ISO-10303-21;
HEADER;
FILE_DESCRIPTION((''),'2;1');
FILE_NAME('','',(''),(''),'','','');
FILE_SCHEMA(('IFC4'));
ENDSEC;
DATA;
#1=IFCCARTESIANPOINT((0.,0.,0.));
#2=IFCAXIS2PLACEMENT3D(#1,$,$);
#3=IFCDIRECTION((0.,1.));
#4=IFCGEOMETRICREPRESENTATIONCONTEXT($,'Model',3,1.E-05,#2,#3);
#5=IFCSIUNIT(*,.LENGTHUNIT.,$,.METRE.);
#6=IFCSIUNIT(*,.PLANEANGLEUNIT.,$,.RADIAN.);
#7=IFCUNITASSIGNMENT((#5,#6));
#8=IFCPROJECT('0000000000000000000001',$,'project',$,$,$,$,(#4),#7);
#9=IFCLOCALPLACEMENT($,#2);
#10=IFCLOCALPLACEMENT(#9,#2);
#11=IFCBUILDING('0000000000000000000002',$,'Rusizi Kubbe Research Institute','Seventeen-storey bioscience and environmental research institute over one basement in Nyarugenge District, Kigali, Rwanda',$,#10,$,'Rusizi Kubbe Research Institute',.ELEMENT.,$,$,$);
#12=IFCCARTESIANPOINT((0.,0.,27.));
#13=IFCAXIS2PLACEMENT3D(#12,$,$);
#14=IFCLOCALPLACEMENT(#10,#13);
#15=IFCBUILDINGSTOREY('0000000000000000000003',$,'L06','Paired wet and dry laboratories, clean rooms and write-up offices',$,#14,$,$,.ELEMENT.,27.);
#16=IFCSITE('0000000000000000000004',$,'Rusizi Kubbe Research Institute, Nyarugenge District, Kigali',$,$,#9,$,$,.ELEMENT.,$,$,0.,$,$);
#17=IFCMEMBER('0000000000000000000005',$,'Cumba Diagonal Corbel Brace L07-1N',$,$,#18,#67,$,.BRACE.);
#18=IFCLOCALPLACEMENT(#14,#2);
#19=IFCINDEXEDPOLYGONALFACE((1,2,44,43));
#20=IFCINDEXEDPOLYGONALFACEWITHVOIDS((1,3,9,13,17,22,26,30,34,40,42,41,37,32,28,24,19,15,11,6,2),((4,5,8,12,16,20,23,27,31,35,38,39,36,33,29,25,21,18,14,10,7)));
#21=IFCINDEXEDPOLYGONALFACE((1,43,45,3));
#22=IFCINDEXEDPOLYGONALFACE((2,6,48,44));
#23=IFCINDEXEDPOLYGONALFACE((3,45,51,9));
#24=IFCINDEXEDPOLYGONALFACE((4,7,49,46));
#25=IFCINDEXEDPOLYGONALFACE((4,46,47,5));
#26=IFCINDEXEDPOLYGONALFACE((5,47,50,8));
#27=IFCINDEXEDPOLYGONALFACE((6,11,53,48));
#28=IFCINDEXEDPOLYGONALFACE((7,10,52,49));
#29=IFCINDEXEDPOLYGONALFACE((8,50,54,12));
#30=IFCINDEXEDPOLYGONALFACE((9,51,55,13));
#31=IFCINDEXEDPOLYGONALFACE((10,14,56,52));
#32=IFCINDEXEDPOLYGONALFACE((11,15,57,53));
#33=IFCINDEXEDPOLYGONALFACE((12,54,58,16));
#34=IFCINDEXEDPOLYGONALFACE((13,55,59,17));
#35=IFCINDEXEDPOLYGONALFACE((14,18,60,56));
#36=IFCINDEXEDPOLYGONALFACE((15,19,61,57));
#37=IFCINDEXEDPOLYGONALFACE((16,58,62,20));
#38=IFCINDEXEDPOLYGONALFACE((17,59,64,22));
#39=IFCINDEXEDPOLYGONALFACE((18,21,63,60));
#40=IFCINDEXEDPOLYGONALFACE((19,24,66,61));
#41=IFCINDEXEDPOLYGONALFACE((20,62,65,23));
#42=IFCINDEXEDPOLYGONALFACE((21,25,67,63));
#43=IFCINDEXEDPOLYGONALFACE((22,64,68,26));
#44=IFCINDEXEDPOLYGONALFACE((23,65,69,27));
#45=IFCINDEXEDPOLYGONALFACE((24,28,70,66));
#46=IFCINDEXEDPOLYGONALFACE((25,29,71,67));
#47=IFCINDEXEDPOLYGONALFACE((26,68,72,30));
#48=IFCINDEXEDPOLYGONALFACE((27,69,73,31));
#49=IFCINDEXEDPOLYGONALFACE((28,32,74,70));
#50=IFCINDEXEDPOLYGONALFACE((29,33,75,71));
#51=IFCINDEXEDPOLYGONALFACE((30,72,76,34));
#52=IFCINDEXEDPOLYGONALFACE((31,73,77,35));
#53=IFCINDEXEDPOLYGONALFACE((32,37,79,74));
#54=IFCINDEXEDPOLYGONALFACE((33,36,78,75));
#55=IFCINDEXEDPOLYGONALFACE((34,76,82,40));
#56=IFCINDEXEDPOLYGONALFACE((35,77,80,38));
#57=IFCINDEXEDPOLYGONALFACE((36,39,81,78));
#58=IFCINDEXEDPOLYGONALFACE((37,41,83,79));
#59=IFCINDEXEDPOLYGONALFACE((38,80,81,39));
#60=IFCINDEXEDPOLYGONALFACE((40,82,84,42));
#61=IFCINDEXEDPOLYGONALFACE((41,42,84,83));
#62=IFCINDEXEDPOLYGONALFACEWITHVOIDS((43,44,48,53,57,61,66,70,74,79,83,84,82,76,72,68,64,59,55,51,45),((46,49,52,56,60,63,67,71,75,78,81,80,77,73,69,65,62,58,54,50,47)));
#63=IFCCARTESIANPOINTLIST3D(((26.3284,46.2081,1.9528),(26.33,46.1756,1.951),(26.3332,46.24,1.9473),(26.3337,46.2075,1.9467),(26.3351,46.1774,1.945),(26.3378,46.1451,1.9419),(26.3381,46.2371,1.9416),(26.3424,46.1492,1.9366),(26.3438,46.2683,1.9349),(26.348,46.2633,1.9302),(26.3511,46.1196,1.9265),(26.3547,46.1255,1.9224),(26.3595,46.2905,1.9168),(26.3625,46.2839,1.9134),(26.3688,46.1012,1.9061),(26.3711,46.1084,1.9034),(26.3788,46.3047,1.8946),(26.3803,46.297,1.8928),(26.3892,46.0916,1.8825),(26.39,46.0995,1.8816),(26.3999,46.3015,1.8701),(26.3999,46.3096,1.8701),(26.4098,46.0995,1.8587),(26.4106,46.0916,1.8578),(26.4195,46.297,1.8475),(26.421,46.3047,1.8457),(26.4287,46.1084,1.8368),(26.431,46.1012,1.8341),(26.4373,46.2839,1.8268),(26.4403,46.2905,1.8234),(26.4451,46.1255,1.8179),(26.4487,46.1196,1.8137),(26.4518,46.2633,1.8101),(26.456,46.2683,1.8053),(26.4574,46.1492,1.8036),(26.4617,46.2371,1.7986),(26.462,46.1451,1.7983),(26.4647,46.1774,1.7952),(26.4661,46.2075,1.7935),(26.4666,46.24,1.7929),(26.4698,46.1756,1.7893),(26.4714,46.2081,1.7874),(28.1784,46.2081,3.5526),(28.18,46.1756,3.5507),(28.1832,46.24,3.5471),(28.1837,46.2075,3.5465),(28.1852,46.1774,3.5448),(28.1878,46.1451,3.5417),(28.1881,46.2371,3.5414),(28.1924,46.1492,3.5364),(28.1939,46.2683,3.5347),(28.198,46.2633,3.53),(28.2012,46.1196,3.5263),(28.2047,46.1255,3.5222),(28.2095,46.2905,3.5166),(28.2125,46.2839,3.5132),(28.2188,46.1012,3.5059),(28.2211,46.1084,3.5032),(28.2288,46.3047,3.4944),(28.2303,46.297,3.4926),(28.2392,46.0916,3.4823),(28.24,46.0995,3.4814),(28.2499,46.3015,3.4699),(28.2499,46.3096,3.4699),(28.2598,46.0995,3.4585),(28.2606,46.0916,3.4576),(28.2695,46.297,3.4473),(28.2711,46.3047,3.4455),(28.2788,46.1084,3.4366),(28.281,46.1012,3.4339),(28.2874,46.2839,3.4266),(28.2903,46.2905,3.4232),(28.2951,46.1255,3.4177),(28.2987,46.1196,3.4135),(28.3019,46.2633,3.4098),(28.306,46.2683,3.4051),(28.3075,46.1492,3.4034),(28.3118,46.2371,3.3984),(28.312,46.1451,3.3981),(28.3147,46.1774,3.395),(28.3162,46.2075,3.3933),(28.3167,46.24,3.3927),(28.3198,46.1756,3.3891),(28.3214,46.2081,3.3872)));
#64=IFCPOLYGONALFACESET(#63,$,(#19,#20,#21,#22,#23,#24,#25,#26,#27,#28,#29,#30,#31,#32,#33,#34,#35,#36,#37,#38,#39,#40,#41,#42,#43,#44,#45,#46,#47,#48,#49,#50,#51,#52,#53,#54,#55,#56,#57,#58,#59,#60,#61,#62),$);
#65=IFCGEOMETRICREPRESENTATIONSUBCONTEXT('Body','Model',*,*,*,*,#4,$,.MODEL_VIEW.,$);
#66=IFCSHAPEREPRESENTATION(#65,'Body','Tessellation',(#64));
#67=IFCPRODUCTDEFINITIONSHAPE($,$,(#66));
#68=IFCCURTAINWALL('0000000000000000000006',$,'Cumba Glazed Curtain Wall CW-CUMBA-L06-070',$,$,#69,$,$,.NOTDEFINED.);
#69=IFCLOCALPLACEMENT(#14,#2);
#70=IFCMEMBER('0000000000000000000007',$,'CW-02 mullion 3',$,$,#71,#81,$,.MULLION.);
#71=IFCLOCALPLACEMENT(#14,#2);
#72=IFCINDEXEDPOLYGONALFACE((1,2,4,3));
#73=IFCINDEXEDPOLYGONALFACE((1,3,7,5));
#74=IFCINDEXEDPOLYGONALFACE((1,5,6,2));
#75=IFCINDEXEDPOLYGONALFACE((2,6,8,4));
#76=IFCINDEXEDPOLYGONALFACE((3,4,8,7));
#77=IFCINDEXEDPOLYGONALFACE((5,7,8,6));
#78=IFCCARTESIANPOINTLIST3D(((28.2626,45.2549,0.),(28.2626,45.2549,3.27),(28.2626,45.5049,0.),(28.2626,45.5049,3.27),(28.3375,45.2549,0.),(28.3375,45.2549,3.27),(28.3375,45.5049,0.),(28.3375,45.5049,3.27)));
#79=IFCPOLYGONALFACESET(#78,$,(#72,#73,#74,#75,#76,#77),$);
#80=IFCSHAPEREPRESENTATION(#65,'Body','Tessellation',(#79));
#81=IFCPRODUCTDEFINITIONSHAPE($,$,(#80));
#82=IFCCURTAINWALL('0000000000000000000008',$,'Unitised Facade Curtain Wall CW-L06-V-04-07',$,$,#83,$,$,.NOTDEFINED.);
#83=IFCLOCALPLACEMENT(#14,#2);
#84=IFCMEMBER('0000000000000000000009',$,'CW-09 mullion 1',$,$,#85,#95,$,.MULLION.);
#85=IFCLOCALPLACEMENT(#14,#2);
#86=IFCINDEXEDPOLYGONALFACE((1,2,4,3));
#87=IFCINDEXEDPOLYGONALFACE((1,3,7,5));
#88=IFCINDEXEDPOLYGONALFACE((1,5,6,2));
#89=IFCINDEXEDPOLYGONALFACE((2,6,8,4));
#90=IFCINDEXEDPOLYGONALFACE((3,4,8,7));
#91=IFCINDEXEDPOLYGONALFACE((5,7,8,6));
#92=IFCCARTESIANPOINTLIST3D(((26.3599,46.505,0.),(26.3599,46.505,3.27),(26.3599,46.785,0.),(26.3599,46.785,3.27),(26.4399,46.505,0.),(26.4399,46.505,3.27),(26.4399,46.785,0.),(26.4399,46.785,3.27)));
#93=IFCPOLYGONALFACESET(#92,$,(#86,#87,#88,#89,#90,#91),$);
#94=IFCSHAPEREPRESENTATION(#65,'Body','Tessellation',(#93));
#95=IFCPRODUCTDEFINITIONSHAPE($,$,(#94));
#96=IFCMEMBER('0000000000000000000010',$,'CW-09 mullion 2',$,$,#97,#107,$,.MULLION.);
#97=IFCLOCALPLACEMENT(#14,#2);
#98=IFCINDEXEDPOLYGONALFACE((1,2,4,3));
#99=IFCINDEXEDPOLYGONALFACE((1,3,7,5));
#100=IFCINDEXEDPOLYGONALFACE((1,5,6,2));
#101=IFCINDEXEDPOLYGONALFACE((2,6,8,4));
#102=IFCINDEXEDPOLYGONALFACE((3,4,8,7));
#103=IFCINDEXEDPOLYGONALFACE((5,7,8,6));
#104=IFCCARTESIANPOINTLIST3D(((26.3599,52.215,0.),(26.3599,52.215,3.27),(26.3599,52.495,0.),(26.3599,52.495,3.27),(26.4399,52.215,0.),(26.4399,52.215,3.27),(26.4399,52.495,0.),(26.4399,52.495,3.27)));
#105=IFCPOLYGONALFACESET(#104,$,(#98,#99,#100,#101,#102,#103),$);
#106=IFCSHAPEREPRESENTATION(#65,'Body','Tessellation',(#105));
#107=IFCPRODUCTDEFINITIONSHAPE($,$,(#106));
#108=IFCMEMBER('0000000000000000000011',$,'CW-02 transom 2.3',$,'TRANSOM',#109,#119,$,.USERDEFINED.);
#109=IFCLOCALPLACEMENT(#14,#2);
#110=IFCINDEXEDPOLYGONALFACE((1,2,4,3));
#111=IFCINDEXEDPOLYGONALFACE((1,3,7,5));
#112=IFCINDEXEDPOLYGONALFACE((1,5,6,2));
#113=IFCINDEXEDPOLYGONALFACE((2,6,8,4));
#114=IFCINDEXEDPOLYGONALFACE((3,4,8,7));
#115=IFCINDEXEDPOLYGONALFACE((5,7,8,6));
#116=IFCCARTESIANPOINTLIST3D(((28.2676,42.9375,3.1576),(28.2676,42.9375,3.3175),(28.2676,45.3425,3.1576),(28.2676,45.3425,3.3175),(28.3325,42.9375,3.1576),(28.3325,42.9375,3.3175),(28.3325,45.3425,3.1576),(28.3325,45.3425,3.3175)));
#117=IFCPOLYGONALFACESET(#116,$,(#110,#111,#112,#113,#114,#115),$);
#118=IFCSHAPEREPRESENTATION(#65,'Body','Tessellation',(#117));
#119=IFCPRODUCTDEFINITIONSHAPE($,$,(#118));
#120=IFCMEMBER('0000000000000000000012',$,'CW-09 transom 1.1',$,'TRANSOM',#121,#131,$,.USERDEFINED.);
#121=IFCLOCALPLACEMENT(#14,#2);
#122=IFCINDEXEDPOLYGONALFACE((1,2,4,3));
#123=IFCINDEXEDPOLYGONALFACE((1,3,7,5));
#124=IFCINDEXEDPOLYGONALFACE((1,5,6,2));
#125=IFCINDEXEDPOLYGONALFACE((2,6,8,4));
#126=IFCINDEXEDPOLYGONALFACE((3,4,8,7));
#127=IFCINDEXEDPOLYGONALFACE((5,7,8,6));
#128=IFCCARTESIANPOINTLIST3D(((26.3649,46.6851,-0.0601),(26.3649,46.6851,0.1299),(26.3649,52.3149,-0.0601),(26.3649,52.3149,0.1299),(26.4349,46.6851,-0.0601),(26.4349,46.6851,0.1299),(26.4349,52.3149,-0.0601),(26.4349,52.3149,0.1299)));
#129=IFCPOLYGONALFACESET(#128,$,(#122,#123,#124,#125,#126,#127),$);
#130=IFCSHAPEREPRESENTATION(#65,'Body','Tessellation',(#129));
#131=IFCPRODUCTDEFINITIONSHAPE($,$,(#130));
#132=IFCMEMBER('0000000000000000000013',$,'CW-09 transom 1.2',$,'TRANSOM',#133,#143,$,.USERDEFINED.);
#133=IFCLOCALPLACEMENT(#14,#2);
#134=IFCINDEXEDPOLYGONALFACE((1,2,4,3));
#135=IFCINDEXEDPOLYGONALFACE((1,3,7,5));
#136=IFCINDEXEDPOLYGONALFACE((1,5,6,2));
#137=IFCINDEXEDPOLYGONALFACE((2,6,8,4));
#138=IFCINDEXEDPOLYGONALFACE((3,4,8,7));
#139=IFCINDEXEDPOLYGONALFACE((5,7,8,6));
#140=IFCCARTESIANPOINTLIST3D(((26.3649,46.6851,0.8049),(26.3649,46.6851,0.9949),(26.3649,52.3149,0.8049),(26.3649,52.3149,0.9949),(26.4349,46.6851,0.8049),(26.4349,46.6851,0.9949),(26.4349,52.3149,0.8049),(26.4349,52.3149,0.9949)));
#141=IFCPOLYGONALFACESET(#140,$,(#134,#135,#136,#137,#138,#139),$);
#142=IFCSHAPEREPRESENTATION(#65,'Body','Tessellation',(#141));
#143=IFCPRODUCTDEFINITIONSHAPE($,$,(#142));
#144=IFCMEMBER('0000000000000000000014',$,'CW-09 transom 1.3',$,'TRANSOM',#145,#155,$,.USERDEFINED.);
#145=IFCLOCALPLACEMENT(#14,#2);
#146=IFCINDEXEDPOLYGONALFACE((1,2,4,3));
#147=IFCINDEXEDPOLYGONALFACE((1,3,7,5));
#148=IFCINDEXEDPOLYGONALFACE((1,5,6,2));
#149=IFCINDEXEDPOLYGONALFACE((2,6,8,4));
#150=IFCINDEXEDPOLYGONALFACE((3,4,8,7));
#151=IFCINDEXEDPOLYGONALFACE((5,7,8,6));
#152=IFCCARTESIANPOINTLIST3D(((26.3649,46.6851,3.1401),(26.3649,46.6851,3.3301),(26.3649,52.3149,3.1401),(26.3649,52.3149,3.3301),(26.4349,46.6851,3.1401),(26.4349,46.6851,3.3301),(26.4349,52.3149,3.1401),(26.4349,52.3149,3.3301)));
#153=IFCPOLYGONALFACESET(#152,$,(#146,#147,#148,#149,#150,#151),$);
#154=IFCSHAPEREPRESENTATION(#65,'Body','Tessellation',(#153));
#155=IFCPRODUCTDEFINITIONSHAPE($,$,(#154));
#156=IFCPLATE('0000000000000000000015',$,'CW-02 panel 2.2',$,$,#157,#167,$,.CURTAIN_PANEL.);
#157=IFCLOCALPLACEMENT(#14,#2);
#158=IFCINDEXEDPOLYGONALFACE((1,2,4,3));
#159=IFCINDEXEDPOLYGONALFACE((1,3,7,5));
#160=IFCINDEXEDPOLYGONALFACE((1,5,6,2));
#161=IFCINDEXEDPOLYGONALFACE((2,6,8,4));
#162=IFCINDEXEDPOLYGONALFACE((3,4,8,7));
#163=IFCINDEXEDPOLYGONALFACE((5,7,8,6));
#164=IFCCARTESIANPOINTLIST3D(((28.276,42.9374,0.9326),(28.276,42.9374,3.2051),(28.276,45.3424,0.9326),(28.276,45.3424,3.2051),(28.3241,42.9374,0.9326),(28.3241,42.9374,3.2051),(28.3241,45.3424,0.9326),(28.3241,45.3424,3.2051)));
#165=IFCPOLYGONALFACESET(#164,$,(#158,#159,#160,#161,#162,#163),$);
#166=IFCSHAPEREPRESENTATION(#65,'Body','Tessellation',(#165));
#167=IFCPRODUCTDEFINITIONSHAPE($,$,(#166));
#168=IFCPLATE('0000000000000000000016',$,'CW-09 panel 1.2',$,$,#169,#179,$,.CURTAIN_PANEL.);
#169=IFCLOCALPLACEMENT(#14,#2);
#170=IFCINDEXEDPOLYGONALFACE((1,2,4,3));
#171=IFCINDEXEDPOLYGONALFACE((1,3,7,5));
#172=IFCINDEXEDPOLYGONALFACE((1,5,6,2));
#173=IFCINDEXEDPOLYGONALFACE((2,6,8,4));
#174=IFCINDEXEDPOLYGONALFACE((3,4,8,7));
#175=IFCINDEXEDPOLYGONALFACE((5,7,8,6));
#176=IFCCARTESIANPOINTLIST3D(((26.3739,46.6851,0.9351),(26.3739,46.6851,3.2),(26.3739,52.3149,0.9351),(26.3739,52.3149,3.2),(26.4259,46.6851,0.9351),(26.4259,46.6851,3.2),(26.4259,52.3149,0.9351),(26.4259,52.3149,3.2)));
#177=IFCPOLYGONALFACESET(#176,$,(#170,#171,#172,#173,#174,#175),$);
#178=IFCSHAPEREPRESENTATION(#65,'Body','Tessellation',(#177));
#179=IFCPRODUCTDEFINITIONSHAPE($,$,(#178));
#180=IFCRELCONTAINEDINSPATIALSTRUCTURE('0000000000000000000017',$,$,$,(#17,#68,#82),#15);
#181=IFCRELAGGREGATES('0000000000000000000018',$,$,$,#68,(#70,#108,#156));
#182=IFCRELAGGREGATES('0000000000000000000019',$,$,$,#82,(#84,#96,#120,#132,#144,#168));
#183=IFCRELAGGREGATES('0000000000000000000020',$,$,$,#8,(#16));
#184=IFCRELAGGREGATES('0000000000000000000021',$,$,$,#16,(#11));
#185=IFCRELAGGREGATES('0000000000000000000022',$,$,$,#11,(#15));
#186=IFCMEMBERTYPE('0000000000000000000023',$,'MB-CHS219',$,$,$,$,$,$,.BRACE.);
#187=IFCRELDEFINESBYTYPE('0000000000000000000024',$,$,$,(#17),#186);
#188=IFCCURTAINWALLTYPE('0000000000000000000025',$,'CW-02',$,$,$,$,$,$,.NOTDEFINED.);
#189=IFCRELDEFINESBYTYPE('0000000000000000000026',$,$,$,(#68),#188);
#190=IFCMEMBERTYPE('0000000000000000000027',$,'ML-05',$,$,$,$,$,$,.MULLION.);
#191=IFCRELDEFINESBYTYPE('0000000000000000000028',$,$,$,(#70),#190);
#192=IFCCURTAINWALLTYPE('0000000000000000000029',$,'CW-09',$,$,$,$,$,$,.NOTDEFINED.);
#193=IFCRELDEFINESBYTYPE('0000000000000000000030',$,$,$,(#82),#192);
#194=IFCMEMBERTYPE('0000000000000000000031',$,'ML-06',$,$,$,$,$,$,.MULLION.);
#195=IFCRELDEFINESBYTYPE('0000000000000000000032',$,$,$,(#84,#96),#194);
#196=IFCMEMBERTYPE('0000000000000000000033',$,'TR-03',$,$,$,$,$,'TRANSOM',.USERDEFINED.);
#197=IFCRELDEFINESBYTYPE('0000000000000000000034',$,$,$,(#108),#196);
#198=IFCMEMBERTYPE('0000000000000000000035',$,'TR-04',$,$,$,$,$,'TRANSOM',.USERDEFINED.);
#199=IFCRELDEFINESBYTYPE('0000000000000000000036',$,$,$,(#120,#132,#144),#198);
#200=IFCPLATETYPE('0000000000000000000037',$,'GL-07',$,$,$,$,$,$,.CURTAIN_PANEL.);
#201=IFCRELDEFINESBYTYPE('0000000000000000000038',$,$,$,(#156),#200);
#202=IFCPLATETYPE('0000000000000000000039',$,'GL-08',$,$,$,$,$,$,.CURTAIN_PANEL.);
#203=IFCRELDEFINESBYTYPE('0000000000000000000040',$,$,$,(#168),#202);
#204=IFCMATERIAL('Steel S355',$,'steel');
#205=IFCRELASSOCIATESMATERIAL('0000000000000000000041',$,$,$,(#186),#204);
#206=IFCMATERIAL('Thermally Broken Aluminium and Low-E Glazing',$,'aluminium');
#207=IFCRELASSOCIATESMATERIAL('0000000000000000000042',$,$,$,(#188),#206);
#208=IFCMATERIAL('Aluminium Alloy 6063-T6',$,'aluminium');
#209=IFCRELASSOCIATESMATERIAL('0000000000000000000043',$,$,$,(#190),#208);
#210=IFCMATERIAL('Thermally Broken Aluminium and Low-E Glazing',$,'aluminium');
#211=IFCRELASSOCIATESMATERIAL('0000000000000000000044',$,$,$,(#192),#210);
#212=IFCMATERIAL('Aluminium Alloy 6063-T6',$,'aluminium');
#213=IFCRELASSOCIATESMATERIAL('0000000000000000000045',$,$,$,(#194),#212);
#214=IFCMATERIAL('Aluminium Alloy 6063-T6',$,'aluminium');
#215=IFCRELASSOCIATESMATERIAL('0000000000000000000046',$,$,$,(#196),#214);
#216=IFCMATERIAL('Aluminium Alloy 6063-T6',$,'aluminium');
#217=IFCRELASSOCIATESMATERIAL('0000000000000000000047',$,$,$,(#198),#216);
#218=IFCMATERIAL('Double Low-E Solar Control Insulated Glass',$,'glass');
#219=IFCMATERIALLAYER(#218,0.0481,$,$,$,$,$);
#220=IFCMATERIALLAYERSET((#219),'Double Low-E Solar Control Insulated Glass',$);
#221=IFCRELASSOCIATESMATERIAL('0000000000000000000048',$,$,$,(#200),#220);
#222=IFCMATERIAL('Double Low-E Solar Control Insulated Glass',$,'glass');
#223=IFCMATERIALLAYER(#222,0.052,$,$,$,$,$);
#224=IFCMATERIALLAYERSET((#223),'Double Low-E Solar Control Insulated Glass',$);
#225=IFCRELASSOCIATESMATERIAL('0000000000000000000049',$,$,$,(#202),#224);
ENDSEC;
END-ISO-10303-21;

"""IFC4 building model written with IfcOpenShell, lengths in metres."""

from ifc_helpers import new_model, si_unit, direction, frame, origin, origin_2d, place, context, subcontext, project, spatial, rectangle, hollow_circle, extrude, material, layer, layer_set, material_profile, profile_set, type_object, element, aggregate, save


model = new_model("IFC4")

# Units and contexts
model_context = context("Model", 3, precision=1e-05, world=origin(), true_north=direction((0.0, 1.0)))
body_context = subcontext(model_context, "Body", "Model", "MODEL_VIEW")
ifc_project = project(units=[si_unit("LENGTHUNIT", "METRE"), si_unit("PLANEANGLEUNIT", "RADIAN")], contexts=[model_context])

# Site, building, storey
site_placement = place(None, origin())
site = spatial("IfcSite", under=ifc_project, at=site_placement, Name="Rusizi Kubbe Research Institute, Nyarugenge District, Kigali", CompositionType="ELEMENT", RefElevation=0.0)
building_placement = place(site_placement, origin())
building = spatial("IfcBuilding", under=site, at=building_placement, Name="Rusizi Kubbe Research Institute", Description="Seventeen-storey bioscience and environmental research institute over one basement in Nyarugenge District, Kigali, Rwanda", LongName="Rusizi Kubbe Research Institute", CompositionType="ELEMENT")
storey_placement = place(building_placement, frame((0.0, 0.0, 27.0)))
storey = spatial("IfcBuildingStorey", under=building, at=storey_placement, Name="L06", Description="Paired wet and dry laboratories, clean rooms and write-up offices", CompositionType="ELEMENT", Elevation=27.0)

# Member
ifc_material_1 = material(Name="Steel S355", Category="steel")
ifc_material_profile_1 = material_profile(ifc_material_1, hollow_circle(Radius=0.1096, WallThickness=0.0081, at=origin_2d()), Name="CHS 219.1x8.0")
ifc_profile_set_1 = profile_set([ifc_material_profile_1], Name="Steel S355")
member_type_1 = type_object("IfcMemberType", Name="MB-CHS219", PredefinedType="BRACE", material=ifc_profile_set_1)
member_1_placement = place(storey_placement, frame((26.3999, 46.2, 1.8701), z_axis=(0.75641, 0.0, 0.654098), x_axis=(0.0, 1.0, 0.0)))
element("IfcMember", 1, at=member_1_placement, inside=storey, type_object=member_type_1, Name="Cumba Diagonal Corbel Brace L07-1N", PredefinedType="BRACE", context=body_context, shape_type="SweptSolid", body=[
    extrude(hollow_circle(Radius=0.1096, WallThickness=0.0081, at=origin_2d()), origin(), (0.0, 0.0, 1.0), 2.4458),
])

# Curtain wall, member
ifc_material_2 = material(Name="Thermally Broken Aluminium and Low-E Glazing", Category="aluminium")
curtain_wall_type_1 = type_object("IfcCurtainWallType", Name="CW-02", PredefinedType="NOTDEFINED", material=ifc_material_2)
curtain_wall_1_placement = place(storey_placement, origin())
curtain_wall_1 = element("IfcCurtainWall", 2, at=curtain_wall_1_placement, inside=storey, type_object=curtain_wall_type_1, Name="Cumba Glazed Curtain Wall CW-CUMBA-L06-070", PredefinedType="NOTDEFINED")
ifc_material_3 = material(Name="Aluminium Alloy 6063-T6", Category="aluminium")
ifc_material_profile_2 = material_profile(ifc_material_3, rectangle(XDim=0.075, YDim=0.25, at=origin_2d()), Name="ALU-M 75x250")
ifc_profile_set_2 = profile_set([ifc_material_profile_2], Name="Aluminium Alloy 6063-T6")
member_type_2 = type_object("IfcMemberType", Name="ML-05", PredefinedType="MULLION", material=ifc_profile_set_2)
member_2_placement = place(storey_placement, frame((28.3, 45.3799, 0.0), z_axis=(0.0, 0.0, 1.0), x_axis=(-1.0, 0.0, 0.0)))
member_2 = element("IfcMember", 3, at=member_2_placement, type_object=member_type_2, Name="CW-02 mullion 3", PredefinedType="MULLION", context=body_context, shape_type="SweptSolid", body=[
    extrude(rectangle(XDim=0.075, YDim=0.25, at=origin_2d()), origin(), (0.0, 0.0, 1.0), 3.27),
])

# Curtain wall, members
ifc_material_4 = material(Name="Thermally Broken Aluminium and Low-E Glazing", Category="aluminium")
curtain_wall_type_2 = type_object("IfcCurtainWallType", Name="CW-09", PredefinedType="NOTDEFINED", material=ifc_material_4)
curtain_wall_2_placement = place(storey_placement, origin())
curtain_wall_2 = element("IfcCurtainWall", 4, at=curtain_wall_2_placement, inside=storey, type_object=curtain_wall_type_2, Name="Unitised Facade Curtain Wall CW-L06-V-04-07", PredefinedType="NOTDEFINED")
ifc_material_5 = material(Name="Aluminium Alloy 6063-T6", Category="aluminium")
ifc_material_profile_3 = material_profile(ifc_material_5, rectangle(XDim=0.0801, YDim=0.28, at=origin_2d()), Name="ALU-M 80x280")
ifc_profile_set_3 = profile_set([ifc_material_profile_3], Name="Aluminium Alloy 6063-T6")
member_type_3 = type_object("IfcMemberType", Name="ML-06", PredefinedType="MULLION", material=ifc_profile_set_3)
member_3_placement = place(storey_placement, frame((26.3999, 46.645, 0.0), z_axis=(0.0, 0.0, 1.0), x_axis=(-1.0, 0.0, 0.0)))
member_3 = element("IfcMember", 5, at=member_3_placement, type_object=member_type_3, Name="CW-09 mullion 1", PredefinedType="MULLION", context=body_context, shape_type="SweptSolid", body=[
    extrude(rectangle(XDim=0.0801, YDim=0.28, at=origin_2d()), origin(), (0.0, 0.0, 1.0), 3.27),
])
member_4_placement = place(storey_placement, frame((26.3999, 52.355, 0.0), z_axis=(0.0, 0.0, 1.0), x_axis=(-1.0, 0.0, 0.0)))
member_4 = element("IfcMember", 6, at=member_4_placement, type_object=member_type_3, Name="CW-09 mullion 2", PredefinedType="MULLION", context=body_context, shape_type="SweptSolid", body=[
    extrude(rectangle(XDim=0.0801, YDim=0.28, at=origin_2d()), origin(), (0.0, 0.0, 1.0), 3.27),
])

# Members
ifc_material_6 = material(Name="Aluminium Alloy 6063-T6", Category="aluminium")
ifc_material_profile_4 = material_profile(ifc_material_6, rectangle(XDim=0.0649, YDim=0.1599, at=origin_2d()), Name="ALU-T 65x160")
ifc_profile_set_4 = profile_set([ifc_material_profile_4], Name="Aluminium Alloy 6063-T6")
member_type_4 = type_object("IfcMemberType", Name="TR-03", ElementType="TRANSOM", PredefinedType="USERDEFINED", material=ifc_profile_set_4)
member_5_placement = place(storey_placement, frame((28.3, 42.9375, 3.2375), z_axis=(0.0, 1.0, 0.0), x_axis=(-1.0, 0.0, 0.0)))
member_5 = element("IfcMember", 7, at=member_5_placement, type_object=member_type_4, Name="CW-02 transom 2.3", ObjectType="TRANSOM", PredefinedType="USERDEFINED", context=body_context, shape_type="SweptSolid", body=[
    extrude(rectangle(XDim=0.0649, YDim=0.1599, at=origin_2d()), origin(), (0.0, 0.0, 1.0), 2.405),
])
ifc_material_7 = material(Name="Aluminium Alloy 6063-T6", Category="aluminium")
ifc_material_profile_5 = material_profile(ifc_material_7, rectangle(XDim=0.0701, YDim=0.1899, at=origin_2d()), Name="ALU-T 70x190")
ifc_profile_set_5 = profile_set([ifc_material_profile_5], Name="Aluminium Alloy 6063-T6")
member_type_5 = type_object("IfcMemberType", Name="TR-04", ElementType="TRANSOM", PredefinedType="USERDEFINED", material=ifc_profile_set_5)
member_6_placement = place(storey_placement, frame((26.3999, 46.6851, 0.0349), z_axis=(0.0, 1.0, 0.0), x_axis=(-1.0, 0.0, 0.0)))
member_6 = element("IfcMember", 8, at=member_6_placement, type_object=member_type_5, Name="CW-09 transom 1.1", ObjectType="TRANSOM", PredefinedType="USERDEFINED", context=body_context, shape_type="SweptSolid", body=[
    extrude(rectangle(XDim=0.0701, YDim=0.1899, at=origin_2d()), origin(), (0.0, 0.0, 1.0), 5.6299),
])
member_7_placement = place(storey_placement, frame((26.3999, 46.6851, 0.8999), z_axis=(0.0, 1.0, 0.0), x_axis=(-1.0, 0.0, 0.0)))
member_7 = element("IfcMember", 9, at=member_7_placement, type_object=member_type_5, Name="CW-09 transom 1.2", ObjectType="TRANSOM", PredefinedType="USERDEFINED", context=body_context, shape_type="SweptSolid", body=[
    extrude(rectangle(XDim=0.0701, YDim=0.1899, at=origin_2d()), origin(), (0.0, 0.0, 1.0), 5.6299),
])
member_8_placement = place(storey_placement, frame((26.3999, 46.6851, 3.2351), z_axis=(0.0, 1.0, 0.0), x_axis=(-1.0, 0.0, 0.0)))
member_8 = element("IfcMember", 10, at=member_8_placement, type_object=member_type_5, Name="CW-09 transom 1.3", ObjectType="TRANSOM", PredefinedType="USERDEFINED", context=body_context, shape_type="SweptSolid", body=[
    extrude(rectangle(XDim=0.0701, YDim=0.1899, at=origin_2d()), origin(), (0.0, 0.0, 1.0), 5.6299),
])

# Plates
ifc_material_8 = material(Name="Double Low-E Solar Control Insulated Glass", Category="glass")
ifc_layer_1 = layer(ifc_material_8, 0.0481)
ifc_layer_set_1 = layer_set([ifc_layer_1], Name="Double Low-E Solar Control Insulated Glass")
plate_type_1 = type_object("IfcPlateType", Name="GL-07", PredefinedType="CURTAIN_PANEL", material=ifc_layer_set_1)
plate_1_placement = place(storey_placement, frame((28.3, 44.1399, 0.9326), z_axis=(0.0, 0.0, 1.0), x_axis=(0.0, 1.0, 0.0)))
plate_1 = element("IfcPlate", 11, at=plate_1_placement, type_object=plate_type_1, Name="CW-02 panel 2.2", PredefinedType="CURTAIN_PANEL", context=body_context, shape_type="SweptSolid", body=[
    extrude(rectangle(XDim=2.405, YDim=0.0481, at=origin_2d()), origin(), (0.0, 0.0, 1.0), 2.2725),
])
ifc_material_9 = material(Name="Double Low-E Solar Control Insulated Glass", Category="glass")
ifc_layer_2 = layer(ifc_material_9, 0.052)
ifc_layer_set_2 = layer_set([ifc_layer_2], Name="Double Low-E Solar Control Insulated Glass")
plate_type_2 = type_object("IfcPlateType", Name="GL-08", PredefinedType="CURTAIN_PANEL", material=ifc_layer_set_2)
plate_2_placement = place(storey_placement, frame((26.3999, 49.5, 0.9351), z_axis=(0.0, 0.0, 1.0), x_axis=(0.0, 1.0, 0.0)))
plate_2 = element("IfcPlate", 12, at=plate_2_placement, type_object=plate_type_2, Name="CW-09 panel 1.2", PredefinedType="CURTAIN_PANEL", context=body_context, shape_type="SweptSolid", body=[
    extrude(rectangle(XDim=5.6299, YDim=0.052, at=origin_2d()), origin(), (0.0, 0.0, 1.0), 2.2649),
])
aggregate(curtain_wall_1, [member_2, member_5, plate_1])
aggregate(curtain_wall_2, [member_3, member_4, member_6, member_7, member_8, plate_2])

save(model, "model.ifc")
